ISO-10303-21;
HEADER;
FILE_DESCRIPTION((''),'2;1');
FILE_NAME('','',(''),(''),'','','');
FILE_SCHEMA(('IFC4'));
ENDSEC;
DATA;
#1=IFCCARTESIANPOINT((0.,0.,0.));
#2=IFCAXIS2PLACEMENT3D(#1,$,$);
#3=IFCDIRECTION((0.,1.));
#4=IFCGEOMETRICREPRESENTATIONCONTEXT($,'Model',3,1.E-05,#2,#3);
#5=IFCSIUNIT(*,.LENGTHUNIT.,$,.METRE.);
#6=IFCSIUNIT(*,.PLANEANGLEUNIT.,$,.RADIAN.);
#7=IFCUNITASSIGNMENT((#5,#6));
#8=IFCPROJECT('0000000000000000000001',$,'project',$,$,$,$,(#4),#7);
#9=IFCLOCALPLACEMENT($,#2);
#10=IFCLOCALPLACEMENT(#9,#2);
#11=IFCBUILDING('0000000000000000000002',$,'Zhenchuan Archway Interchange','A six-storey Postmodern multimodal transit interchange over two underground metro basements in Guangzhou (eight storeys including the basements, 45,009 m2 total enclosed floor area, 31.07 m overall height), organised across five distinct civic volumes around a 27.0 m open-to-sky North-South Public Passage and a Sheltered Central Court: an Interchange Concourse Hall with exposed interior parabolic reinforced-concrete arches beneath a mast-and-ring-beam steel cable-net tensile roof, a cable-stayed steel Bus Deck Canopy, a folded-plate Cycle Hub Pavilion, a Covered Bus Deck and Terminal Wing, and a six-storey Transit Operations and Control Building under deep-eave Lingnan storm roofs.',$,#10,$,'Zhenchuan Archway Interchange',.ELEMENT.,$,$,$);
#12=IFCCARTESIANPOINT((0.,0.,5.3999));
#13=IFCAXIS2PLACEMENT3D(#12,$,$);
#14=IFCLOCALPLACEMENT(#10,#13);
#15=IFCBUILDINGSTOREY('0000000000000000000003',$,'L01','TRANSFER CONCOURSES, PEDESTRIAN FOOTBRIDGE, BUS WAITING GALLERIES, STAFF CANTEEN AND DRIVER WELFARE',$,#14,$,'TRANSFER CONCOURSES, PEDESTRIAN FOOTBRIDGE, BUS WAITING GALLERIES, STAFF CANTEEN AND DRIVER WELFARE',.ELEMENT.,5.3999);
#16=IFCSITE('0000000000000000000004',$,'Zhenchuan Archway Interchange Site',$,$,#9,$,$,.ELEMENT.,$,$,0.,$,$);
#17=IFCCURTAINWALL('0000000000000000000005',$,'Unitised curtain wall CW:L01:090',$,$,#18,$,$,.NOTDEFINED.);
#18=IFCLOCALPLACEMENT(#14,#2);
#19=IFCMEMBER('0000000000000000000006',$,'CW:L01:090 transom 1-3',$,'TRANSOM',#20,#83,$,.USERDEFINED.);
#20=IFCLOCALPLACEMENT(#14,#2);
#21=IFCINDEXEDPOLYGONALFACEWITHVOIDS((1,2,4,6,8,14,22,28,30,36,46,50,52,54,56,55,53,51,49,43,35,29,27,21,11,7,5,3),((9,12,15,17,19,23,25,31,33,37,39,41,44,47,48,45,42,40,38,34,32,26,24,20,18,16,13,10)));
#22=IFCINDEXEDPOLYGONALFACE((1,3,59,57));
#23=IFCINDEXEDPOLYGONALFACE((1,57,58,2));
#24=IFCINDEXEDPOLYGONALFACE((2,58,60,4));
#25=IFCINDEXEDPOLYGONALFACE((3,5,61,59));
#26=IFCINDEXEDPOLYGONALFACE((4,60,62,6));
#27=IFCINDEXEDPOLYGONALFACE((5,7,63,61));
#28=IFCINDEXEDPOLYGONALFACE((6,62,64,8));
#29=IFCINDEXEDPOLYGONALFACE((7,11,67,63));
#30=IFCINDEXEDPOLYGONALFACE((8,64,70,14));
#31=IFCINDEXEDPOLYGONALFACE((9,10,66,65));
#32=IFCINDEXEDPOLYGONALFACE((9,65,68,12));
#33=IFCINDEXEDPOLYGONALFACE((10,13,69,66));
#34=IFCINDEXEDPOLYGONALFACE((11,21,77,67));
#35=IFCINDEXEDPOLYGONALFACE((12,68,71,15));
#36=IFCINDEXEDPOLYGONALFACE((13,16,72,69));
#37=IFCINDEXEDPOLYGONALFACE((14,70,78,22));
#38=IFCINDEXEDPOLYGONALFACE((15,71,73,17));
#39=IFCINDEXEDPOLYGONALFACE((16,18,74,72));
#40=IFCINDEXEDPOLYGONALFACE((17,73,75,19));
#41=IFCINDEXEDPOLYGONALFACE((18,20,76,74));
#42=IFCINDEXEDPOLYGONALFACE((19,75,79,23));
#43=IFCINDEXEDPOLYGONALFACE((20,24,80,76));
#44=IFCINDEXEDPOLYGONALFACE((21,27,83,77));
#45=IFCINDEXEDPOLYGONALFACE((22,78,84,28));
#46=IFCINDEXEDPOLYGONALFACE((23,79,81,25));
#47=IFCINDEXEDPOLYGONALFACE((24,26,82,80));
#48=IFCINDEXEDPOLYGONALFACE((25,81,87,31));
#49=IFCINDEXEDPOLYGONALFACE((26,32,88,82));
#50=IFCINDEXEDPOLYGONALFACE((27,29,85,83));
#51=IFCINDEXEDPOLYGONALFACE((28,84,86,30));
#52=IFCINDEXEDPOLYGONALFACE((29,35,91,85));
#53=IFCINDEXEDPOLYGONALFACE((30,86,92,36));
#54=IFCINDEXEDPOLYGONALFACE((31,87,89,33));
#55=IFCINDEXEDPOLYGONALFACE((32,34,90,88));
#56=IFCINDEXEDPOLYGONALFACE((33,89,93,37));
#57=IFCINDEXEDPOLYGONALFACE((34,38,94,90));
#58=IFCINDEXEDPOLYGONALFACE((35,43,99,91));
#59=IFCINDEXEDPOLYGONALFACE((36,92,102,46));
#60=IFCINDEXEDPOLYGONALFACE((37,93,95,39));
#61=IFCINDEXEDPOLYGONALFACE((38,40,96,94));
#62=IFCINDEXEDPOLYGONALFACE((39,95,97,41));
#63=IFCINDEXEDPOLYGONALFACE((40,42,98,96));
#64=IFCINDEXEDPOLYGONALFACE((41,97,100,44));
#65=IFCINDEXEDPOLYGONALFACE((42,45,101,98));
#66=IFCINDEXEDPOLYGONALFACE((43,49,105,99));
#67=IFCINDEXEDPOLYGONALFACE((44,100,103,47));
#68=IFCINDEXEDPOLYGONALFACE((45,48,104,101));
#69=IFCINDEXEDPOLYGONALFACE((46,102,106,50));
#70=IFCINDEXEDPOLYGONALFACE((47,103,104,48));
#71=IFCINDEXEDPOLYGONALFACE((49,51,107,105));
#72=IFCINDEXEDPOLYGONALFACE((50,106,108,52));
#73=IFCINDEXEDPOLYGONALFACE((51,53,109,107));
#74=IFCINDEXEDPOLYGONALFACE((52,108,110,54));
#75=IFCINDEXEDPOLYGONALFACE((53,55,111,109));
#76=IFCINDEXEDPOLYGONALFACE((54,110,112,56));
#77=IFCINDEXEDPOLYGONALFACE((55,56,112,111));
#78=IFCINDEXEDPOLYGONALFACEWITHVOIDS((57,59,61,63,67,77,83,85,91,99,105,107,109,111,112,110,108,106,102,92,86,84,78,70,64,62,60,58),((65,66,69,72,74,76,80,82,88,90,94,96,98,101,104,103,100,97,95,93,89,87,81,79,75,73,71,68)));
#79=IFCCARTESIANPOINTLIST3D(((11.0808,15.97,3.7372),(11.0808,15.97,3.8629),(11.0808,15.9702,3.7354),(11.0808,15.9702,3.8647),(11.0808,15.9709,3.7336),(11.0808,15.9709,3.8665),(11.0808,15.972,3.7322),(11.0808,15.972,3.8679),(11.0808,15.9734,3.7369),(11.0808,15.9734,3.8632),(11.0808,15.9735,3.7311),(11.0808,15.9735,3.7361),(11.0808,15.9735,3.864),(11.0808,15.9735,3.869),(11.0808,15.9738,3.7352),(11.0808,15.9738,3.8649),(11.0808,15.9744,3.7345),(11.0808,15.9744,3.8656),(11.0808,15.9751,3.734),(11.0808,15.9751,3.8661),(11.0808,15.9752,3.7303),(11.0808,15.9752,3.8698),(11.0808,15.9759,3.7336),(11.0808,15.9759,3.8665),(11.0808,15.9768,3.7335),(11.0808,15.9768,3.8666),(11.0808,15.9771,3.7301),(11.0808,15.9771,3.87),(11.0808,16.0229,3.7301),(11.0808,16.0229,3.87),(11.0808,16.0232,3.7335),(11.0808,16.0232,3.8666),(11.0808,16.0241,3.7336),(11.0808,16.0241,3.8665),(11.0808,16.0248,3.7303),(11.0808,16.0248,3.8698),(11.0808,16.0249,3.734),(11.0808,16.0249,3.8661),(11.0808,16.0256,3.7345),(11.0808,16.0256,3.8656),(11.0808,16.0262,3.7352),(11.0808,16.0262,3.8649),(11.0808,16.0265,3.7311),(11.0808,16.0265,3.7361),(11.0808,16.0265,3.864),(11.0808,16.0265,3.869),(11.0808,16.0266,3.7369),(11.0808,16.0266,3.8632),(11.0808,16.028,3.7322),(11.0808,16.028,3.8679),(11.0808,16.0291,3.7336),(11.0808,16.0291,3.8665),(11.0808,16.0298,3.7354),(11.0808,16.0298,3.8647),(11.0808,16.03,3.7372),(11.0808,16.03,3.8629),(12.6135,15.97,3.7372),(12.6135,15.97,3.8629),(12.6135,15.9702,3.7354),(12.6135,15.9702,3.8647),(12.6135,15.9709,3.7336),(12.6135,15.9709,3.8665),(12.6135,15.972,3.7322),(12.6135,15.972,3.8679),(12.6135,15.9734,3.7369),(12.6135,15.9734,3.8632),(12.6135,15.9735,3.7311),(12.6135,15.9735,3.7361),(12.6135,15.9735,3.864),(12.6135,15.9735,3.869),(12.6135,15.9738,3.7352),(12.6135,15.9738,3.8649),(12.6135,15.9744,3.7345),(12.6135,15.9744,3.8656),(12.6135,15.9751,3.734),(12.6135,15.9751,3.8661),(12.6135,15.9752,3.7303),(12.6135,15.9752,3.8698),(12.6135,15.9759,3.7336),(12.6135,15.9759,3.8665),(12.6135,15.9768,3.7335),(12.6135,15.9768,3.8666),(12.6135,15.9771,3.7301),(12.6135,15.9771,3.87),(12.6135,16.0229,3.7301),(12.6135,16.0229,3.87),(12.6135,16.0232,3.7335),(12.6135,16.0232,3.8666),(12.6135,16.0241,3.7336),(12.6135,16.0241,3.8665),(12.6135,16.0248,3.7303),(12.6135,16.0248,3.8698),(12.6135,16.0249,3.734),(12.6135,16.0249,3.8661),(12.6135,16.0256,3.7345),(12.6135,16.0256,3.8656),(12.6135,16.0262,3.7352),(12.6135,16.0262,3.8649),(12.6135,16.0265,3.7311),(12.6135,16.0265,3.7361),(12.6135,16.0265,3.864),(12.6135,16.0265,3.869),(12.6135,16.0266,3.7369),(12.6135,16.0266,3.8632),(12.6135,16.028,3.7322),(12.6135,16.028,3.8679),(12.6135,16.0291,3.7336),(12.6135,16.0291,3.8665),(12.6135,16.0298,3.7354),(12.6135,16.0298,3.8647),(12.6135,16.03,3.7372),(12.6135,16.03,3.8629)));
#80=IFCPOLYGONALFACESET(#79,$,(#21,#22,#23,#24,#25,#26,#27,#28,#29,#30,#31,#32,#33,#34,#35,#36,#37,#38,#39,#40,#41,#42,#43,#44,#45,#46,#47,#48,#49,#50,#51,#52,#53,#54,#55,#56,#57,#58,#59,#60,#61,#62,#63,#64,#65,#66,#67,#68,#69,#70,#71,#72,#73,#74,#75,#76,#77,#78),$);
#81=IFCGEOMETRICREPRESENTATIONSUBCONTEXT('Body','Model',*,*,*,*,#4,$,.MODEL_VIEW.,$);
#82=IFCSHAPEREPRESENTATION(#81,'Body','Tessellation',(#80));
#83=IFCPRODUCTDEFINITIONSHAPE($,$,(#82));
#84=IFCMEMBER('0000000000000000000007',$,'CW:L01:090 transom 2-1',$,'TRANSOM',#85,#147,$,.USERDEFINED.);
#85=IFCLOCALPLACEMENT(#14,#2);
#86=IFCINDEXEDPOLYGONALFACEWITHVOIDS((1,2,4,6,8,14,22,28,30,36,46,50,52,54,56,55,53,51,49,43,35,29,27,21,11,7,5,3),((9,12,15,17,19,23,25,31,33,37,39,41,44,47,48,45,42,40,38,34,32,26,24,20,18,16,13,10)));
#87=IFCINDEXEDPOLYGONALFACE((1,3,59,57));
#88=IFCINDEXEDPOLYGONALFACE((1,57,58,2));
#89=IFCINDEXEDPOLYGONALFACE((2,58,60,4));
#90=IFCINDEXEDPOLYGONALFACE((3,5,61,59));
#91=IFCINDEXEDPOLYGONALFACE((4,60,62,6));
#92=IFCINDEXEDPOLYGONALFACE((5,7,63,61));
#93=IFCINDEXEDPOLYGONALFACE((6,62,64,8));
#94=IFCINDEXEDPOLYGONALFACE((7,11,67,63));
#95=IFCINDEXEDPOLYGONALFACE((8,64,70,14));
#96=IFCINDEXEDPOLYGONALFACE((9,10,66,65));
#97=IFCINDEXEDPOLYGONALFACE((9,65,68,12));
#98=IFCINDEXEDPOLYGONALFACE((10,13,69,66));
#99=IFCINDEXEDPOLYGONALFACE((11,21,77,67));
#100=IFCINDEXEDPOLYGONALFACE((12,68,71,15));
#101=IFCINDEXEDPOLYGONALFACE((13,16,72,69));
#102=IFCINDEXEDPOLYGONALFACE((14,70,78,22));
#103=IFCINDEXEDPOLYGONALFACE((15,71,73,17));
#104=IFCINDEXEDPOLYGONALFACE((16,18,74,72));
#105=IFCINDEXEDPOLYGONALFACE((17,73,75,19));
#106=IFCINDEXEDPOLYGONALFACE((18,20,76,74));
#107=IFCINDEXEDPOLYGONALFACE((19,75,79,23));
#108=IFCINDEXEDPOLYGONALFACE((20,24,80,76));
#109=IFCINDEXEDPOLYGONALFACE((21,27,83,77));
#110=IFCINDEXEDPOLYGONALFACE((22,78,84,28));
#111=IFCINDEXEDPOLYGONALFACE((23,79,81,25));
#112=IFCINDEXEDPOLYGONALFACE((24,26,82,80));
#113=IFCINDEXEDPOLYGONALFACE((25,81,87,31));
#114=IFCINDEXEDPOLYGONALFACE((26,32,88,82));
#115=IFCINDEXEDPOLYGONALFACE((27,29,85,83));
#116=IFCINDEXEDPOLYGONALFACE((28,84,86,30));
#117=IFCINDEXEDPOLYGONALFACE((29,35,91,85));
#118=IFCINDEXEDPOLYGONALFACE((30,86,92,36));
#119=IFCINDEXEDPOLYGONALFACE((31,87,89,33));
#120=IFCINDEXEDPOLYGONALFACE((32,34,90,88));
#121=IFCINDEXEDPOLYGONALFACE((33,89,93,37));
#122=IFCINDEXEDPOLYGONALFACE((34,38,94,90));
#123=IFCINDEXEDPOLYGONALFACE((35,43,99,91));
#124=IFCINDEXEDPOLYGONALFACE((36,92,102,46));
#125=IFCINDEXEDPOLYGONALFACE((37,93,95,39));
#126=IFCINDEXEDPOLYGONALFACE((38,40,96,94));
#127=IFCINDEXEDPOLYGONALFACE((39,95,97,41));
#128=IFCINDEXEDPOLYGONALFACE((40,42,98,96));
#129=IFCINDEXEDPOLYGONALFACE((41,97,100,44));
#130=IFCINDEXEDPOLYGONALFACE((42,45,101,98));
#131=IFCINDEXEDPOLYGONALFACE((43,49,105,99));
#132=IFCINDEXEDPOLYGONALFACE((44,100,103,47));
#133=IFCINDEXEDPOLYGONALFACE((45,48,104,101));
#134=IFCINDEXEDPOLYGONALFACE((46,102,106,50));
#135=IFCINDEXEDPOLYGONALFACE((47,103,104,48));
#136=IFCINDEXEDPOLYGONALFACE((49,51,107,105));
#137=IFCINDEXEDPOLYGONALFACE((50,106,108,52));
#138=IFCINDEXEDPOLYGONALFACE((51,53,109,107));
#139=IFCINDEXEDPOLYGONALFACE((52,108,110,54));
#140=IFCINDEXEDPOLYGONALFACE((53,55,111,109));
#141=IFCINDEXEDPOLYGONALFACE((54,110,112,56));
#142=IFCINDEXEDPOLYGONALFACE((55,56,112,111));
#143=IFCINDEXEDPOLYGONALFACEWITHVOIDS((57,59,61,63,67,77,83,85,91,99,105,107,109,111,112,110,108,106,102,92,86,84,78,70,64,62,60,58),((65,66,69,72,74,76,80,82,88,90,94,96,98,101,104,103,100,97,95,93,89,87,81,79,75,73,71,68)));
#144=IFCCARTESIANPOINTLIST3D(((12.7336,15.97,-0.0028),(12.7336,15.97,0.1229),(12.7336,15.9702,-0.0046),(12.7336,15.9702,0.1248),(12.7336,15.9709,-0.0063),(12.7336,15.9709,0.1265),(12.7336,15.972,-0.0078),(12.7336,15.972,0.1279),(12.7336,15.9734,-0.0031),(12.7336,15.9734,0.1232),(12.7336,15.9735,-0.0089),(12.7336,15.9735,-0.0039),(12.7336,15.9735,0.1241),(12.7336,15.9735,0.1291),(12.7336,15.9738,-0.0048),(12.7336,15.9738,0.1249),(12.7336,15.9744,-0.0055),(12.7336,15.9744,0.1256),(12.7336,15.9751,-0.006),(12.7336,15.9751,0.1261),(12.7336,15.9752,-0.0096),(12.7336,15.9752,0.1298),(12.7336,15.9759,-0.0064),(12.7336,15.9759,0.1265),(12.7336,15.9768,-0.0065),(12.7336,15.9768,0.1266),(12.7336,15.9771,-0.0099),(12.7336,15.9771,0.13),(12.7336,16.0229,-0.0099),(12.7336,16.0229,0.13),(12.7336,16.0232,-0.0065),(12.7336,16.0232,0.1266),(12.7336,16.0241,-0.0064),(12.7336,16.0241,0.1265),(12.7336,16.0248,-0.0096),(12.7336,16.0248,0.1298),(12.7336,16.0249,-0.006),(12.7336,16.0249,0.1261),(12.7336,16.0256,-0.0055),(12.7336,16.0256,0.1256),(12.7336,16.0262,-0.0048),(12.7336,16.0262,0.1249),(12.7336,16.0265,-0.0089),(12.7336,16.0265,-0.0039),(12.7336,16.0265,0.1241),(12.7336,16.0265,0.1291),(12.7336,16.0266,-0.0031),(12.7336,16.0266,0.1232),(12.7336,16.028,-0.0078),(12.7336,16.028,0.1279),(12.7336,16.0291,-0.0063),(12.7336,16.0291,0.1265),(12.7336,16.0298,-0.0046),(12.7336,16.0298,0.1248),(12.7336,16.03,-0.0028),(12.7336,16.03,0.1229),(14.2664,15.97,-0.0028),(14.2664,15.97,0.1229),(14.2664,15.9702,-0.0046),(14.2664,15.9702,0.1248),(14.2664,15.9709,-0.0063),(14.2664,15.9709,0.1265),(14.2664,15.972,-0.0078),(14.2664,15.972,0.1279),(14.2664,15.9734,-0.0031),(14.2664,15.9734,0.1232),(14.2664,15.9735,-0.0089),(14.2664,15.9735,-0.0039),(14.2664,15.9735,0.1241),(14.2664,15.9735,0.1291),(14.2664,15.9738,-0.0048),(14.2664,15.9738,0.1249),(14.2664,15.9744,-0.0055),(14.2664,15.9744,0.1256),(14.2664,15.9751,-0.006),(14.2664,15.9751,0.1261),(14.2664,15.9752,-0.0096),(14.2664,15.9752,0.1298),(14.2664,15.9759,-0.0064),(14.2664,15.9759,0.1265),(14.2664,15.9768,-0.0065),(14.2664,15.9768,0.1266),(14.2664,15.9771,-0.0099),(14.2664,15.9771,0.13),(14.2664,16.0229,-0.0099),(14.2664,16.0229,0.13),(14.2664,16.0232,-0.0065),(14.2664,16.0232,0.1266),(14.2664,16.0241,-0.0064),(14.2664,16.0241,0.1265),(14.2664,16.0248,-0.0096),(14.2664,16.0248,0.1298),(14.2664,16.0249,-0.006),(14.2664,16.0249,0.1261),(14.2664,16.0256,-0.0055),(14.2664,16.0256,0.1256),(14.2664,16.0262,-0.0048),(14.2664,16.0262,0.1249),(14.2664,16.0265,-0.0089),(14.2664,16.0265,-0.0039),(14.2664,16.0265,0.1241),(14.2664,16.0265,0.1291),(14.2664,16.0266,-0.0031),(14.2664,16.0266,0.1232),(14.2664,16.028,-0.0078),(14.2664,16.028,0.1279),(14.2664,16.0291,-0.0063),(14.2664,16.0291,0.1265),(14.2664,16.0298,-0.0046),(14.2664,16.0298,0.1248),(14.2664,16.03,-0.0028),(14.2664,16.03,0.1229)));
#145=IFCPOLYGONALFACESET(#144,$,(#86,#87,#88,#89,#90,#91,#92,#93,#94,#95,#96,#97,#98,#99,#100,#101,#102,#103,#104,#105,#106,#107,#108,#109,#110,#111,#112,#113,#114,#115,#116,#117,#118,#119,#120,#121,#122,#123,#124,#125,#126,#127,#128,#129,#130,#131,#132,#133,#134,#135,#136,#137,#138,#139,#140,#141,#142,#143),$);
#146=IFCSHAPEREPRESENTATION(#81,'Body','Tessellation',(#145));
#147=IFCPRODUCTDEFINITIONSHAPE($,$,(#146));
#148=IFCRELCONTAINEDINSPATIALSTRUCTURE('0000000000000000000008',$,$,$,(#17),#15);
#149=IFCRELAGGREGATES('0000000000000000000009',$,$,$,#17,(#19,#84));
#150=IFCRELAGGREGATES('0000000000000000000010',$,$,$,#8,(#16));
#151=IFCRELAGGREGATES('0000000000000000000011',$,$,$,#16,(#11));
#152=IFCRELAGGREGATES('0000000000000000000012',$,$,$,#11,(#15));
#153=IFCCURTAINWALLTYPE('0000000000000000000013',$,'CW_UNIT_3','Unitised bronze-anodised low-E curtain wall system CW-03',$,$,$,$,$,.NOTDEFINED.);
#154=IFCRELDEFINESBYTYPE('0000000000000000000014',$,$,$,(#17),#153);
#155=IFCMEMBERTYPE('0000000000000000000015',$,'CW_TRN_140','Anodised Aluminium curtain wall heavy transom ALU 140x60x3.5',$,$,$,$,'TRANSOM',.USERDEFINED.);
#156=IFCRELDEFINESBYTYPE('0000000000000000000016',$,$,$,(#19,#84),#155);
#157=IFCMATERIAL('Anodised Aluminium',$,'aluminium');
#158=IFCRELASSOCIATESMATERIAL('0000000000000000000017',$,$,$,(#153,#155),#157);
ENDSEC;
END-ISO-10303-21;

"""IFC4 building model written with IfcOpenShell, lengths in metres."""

from ifc_helpers import new_model, si_unit, direction, frame, origin, origin_2d, place, context, subcontext, project, spatial, hollow_rectangle, extrude, material, material_profile, profile_set, type_object, element, aggregate, save


model = new_model("IFC4")

# Units and contexts
model_context = context("Model", 3, precision=1e-05, world=origin(), true_north=direction((0.0, 1.0)))
body_context = subcontext(model_context, "Body", "Model", "MODEL_VIEW")
ifc_project = project(units=[si_unit("LENGTHUNIT", "METRE"), si_unit("PLANEANGLEUNIT", "RADIAN")], contexts=[model_context])

# Site, building, storey
site_placement = place(None, origin())
site = spatial("IfcSite", under=ifc_project, at=site_placement, Name="Zhenchuan Archway Interchange Site", CompositionType="ELEMENT", RefElevation=0.0)
building_placement = place(site_placement, origin())
building = spatial("IfcBuilding", under=site, at=building_placement, Name="Zhenchuan Archway Interchange", Description="A six-storey Postmodern multimodal transit interchange over two underground metro basements in Guangzhou (eight storeys including the basements, 45,009 m2 total enclosed floor area, 31.07 m overall height), organised across five distinct civic volumes around a 27.0 m open-to-sky North-South Public Passage and a Sheltered Central Court: an Interchange Concourse Hall with exposed interior parabolic reinforced-concrete arches beneath a mast-and-ring-beam steel cable-net tensile roof, a cable-stayed steel Bus Deck Canopy, a folded-plate Cycle Hub Pavilion, a Covered Bus Deck and Terminal Wing, and a six-storey Transit Operations and Control Building under deep-eave Lingnan storm roofs.", LongName="Zhenchuan Archway Interchange", CompositionType="ELEMENT")
storey_placement = place(building_placement, frame((0.0, 0.0, 5.3999)))
storey = spatial("IfcBuildingStorey", under=building, at=storey_placement, Name="L01", Description="TRANSFER CONCOURSES, PEDESTRIAN FOOTBRIDGE, BUS WAITING GALLERIES, STAFF CANTEEN AND DRIVER WELFARE", LongName="TRANSFER CONCOURSES, PEDESTRIAN FOOTBRIDGE, BUS WAITING GALLERIES, STAFF CANTEEN AND DRIVER WELFARE", CompositionType="ELEMENT", Elevation=5.3999)

# Shared definitions
ifc_material_1 = material(Name="Anodised Aluminium", Category="aluminium")

# Curtain wall, members
curtain_wall_type_1 = type_object("IfcCurtainWallType", Name="CW_UNIT_3", Description="Unitised bronze-anodised low-E curtain wall system CW-03", PredefinedType="NOTDEFINED", material=ifc_material_1)
curtain_wall_1_placement = place(storey_placement, origin())
curtain_wall_1 = element("IfcCurtainWall", 1, at=curtain_wall_1_placement, inside=storey, type_object=curtain_wall_type_1, Name="Unitised curtain wall CW:L01:090", PredefinedType="NOTDEFINED")
ifc_material_profile_1 = material_profile(ifc_material_1, hollow_rectangle(XDim=0.0601, YDim=0.1399, WallThickness=0.0034, InnerFilletRadius=0.0034, OuterFilletRadius=0.0071, at=origin_2d()), Name="ALU 140x60x3.5")
ifc_profile_set_1 = profile_set([ifc_material_profile_1], Name="Anodised Aluminium")
member_type_1 = type_object("IfcMemberType", Name="CW_TRN_140", Description="Anodised Aluminium curtain wall heavy transom ALU 140x60x3.5", ElementType="TRANSOM", PredefinedType="USERDEFINED", material=ifc_profile_set_1)
member_1_placement = place(storey_placement, frame((11.0808, 16.0, 3.8), z_axis=(1.0, 0.0, 0.0), x_axis=(0.0, 1.0, 0.0)))
member_1 = element("IfcMember", 2, at=member_1_placement, type_object=member_type_1, Name="CW:L01:090 transom 1-3", ObjectType="TRANSOM", PredefinedType="USERDEFINED", context=body_context, shape_type="SweptSolid", body=[
    extrude(hollow_rectangle(XDim=0.0601, YDim=0.1399, WallThickness=0.0034, InnerFilletRadius=0.0034, OuterFilletRadius=0.0071, at=origin_2d()), origin(), (0.0, 0.0, 1.0), 1.5327),
])
member_2_placement = place(storey_placement, frame((12.7336, 16.0, 0.0601), z_axis=(1.0, 0.0, 0.0), x_axis=(0.0, 1.0, 0.0)))
member_2 = element("IfcMember", 3, at=member_2_placement, type_object=member_type_1, Name="CW:L01:090 transom 2-1", ObjectType="TRANSOM", PredefinedType="USERDEFINED", context=body_context, shape_type="SweptSolid", body=[
    extrude(hollow_rectangle(XDim=0.0601, YDim=0.1399, WallThickness=0.0034, InnerFilletRadius=0.0034, OuterFilletRadius=0.0071, at=origin_2d()), origin(), (0.0, 0.0, 1.0), 1.5327),
])

aggregate(curtain_wall_1, [member_1, member_2])

save(model, "model.ifc")
